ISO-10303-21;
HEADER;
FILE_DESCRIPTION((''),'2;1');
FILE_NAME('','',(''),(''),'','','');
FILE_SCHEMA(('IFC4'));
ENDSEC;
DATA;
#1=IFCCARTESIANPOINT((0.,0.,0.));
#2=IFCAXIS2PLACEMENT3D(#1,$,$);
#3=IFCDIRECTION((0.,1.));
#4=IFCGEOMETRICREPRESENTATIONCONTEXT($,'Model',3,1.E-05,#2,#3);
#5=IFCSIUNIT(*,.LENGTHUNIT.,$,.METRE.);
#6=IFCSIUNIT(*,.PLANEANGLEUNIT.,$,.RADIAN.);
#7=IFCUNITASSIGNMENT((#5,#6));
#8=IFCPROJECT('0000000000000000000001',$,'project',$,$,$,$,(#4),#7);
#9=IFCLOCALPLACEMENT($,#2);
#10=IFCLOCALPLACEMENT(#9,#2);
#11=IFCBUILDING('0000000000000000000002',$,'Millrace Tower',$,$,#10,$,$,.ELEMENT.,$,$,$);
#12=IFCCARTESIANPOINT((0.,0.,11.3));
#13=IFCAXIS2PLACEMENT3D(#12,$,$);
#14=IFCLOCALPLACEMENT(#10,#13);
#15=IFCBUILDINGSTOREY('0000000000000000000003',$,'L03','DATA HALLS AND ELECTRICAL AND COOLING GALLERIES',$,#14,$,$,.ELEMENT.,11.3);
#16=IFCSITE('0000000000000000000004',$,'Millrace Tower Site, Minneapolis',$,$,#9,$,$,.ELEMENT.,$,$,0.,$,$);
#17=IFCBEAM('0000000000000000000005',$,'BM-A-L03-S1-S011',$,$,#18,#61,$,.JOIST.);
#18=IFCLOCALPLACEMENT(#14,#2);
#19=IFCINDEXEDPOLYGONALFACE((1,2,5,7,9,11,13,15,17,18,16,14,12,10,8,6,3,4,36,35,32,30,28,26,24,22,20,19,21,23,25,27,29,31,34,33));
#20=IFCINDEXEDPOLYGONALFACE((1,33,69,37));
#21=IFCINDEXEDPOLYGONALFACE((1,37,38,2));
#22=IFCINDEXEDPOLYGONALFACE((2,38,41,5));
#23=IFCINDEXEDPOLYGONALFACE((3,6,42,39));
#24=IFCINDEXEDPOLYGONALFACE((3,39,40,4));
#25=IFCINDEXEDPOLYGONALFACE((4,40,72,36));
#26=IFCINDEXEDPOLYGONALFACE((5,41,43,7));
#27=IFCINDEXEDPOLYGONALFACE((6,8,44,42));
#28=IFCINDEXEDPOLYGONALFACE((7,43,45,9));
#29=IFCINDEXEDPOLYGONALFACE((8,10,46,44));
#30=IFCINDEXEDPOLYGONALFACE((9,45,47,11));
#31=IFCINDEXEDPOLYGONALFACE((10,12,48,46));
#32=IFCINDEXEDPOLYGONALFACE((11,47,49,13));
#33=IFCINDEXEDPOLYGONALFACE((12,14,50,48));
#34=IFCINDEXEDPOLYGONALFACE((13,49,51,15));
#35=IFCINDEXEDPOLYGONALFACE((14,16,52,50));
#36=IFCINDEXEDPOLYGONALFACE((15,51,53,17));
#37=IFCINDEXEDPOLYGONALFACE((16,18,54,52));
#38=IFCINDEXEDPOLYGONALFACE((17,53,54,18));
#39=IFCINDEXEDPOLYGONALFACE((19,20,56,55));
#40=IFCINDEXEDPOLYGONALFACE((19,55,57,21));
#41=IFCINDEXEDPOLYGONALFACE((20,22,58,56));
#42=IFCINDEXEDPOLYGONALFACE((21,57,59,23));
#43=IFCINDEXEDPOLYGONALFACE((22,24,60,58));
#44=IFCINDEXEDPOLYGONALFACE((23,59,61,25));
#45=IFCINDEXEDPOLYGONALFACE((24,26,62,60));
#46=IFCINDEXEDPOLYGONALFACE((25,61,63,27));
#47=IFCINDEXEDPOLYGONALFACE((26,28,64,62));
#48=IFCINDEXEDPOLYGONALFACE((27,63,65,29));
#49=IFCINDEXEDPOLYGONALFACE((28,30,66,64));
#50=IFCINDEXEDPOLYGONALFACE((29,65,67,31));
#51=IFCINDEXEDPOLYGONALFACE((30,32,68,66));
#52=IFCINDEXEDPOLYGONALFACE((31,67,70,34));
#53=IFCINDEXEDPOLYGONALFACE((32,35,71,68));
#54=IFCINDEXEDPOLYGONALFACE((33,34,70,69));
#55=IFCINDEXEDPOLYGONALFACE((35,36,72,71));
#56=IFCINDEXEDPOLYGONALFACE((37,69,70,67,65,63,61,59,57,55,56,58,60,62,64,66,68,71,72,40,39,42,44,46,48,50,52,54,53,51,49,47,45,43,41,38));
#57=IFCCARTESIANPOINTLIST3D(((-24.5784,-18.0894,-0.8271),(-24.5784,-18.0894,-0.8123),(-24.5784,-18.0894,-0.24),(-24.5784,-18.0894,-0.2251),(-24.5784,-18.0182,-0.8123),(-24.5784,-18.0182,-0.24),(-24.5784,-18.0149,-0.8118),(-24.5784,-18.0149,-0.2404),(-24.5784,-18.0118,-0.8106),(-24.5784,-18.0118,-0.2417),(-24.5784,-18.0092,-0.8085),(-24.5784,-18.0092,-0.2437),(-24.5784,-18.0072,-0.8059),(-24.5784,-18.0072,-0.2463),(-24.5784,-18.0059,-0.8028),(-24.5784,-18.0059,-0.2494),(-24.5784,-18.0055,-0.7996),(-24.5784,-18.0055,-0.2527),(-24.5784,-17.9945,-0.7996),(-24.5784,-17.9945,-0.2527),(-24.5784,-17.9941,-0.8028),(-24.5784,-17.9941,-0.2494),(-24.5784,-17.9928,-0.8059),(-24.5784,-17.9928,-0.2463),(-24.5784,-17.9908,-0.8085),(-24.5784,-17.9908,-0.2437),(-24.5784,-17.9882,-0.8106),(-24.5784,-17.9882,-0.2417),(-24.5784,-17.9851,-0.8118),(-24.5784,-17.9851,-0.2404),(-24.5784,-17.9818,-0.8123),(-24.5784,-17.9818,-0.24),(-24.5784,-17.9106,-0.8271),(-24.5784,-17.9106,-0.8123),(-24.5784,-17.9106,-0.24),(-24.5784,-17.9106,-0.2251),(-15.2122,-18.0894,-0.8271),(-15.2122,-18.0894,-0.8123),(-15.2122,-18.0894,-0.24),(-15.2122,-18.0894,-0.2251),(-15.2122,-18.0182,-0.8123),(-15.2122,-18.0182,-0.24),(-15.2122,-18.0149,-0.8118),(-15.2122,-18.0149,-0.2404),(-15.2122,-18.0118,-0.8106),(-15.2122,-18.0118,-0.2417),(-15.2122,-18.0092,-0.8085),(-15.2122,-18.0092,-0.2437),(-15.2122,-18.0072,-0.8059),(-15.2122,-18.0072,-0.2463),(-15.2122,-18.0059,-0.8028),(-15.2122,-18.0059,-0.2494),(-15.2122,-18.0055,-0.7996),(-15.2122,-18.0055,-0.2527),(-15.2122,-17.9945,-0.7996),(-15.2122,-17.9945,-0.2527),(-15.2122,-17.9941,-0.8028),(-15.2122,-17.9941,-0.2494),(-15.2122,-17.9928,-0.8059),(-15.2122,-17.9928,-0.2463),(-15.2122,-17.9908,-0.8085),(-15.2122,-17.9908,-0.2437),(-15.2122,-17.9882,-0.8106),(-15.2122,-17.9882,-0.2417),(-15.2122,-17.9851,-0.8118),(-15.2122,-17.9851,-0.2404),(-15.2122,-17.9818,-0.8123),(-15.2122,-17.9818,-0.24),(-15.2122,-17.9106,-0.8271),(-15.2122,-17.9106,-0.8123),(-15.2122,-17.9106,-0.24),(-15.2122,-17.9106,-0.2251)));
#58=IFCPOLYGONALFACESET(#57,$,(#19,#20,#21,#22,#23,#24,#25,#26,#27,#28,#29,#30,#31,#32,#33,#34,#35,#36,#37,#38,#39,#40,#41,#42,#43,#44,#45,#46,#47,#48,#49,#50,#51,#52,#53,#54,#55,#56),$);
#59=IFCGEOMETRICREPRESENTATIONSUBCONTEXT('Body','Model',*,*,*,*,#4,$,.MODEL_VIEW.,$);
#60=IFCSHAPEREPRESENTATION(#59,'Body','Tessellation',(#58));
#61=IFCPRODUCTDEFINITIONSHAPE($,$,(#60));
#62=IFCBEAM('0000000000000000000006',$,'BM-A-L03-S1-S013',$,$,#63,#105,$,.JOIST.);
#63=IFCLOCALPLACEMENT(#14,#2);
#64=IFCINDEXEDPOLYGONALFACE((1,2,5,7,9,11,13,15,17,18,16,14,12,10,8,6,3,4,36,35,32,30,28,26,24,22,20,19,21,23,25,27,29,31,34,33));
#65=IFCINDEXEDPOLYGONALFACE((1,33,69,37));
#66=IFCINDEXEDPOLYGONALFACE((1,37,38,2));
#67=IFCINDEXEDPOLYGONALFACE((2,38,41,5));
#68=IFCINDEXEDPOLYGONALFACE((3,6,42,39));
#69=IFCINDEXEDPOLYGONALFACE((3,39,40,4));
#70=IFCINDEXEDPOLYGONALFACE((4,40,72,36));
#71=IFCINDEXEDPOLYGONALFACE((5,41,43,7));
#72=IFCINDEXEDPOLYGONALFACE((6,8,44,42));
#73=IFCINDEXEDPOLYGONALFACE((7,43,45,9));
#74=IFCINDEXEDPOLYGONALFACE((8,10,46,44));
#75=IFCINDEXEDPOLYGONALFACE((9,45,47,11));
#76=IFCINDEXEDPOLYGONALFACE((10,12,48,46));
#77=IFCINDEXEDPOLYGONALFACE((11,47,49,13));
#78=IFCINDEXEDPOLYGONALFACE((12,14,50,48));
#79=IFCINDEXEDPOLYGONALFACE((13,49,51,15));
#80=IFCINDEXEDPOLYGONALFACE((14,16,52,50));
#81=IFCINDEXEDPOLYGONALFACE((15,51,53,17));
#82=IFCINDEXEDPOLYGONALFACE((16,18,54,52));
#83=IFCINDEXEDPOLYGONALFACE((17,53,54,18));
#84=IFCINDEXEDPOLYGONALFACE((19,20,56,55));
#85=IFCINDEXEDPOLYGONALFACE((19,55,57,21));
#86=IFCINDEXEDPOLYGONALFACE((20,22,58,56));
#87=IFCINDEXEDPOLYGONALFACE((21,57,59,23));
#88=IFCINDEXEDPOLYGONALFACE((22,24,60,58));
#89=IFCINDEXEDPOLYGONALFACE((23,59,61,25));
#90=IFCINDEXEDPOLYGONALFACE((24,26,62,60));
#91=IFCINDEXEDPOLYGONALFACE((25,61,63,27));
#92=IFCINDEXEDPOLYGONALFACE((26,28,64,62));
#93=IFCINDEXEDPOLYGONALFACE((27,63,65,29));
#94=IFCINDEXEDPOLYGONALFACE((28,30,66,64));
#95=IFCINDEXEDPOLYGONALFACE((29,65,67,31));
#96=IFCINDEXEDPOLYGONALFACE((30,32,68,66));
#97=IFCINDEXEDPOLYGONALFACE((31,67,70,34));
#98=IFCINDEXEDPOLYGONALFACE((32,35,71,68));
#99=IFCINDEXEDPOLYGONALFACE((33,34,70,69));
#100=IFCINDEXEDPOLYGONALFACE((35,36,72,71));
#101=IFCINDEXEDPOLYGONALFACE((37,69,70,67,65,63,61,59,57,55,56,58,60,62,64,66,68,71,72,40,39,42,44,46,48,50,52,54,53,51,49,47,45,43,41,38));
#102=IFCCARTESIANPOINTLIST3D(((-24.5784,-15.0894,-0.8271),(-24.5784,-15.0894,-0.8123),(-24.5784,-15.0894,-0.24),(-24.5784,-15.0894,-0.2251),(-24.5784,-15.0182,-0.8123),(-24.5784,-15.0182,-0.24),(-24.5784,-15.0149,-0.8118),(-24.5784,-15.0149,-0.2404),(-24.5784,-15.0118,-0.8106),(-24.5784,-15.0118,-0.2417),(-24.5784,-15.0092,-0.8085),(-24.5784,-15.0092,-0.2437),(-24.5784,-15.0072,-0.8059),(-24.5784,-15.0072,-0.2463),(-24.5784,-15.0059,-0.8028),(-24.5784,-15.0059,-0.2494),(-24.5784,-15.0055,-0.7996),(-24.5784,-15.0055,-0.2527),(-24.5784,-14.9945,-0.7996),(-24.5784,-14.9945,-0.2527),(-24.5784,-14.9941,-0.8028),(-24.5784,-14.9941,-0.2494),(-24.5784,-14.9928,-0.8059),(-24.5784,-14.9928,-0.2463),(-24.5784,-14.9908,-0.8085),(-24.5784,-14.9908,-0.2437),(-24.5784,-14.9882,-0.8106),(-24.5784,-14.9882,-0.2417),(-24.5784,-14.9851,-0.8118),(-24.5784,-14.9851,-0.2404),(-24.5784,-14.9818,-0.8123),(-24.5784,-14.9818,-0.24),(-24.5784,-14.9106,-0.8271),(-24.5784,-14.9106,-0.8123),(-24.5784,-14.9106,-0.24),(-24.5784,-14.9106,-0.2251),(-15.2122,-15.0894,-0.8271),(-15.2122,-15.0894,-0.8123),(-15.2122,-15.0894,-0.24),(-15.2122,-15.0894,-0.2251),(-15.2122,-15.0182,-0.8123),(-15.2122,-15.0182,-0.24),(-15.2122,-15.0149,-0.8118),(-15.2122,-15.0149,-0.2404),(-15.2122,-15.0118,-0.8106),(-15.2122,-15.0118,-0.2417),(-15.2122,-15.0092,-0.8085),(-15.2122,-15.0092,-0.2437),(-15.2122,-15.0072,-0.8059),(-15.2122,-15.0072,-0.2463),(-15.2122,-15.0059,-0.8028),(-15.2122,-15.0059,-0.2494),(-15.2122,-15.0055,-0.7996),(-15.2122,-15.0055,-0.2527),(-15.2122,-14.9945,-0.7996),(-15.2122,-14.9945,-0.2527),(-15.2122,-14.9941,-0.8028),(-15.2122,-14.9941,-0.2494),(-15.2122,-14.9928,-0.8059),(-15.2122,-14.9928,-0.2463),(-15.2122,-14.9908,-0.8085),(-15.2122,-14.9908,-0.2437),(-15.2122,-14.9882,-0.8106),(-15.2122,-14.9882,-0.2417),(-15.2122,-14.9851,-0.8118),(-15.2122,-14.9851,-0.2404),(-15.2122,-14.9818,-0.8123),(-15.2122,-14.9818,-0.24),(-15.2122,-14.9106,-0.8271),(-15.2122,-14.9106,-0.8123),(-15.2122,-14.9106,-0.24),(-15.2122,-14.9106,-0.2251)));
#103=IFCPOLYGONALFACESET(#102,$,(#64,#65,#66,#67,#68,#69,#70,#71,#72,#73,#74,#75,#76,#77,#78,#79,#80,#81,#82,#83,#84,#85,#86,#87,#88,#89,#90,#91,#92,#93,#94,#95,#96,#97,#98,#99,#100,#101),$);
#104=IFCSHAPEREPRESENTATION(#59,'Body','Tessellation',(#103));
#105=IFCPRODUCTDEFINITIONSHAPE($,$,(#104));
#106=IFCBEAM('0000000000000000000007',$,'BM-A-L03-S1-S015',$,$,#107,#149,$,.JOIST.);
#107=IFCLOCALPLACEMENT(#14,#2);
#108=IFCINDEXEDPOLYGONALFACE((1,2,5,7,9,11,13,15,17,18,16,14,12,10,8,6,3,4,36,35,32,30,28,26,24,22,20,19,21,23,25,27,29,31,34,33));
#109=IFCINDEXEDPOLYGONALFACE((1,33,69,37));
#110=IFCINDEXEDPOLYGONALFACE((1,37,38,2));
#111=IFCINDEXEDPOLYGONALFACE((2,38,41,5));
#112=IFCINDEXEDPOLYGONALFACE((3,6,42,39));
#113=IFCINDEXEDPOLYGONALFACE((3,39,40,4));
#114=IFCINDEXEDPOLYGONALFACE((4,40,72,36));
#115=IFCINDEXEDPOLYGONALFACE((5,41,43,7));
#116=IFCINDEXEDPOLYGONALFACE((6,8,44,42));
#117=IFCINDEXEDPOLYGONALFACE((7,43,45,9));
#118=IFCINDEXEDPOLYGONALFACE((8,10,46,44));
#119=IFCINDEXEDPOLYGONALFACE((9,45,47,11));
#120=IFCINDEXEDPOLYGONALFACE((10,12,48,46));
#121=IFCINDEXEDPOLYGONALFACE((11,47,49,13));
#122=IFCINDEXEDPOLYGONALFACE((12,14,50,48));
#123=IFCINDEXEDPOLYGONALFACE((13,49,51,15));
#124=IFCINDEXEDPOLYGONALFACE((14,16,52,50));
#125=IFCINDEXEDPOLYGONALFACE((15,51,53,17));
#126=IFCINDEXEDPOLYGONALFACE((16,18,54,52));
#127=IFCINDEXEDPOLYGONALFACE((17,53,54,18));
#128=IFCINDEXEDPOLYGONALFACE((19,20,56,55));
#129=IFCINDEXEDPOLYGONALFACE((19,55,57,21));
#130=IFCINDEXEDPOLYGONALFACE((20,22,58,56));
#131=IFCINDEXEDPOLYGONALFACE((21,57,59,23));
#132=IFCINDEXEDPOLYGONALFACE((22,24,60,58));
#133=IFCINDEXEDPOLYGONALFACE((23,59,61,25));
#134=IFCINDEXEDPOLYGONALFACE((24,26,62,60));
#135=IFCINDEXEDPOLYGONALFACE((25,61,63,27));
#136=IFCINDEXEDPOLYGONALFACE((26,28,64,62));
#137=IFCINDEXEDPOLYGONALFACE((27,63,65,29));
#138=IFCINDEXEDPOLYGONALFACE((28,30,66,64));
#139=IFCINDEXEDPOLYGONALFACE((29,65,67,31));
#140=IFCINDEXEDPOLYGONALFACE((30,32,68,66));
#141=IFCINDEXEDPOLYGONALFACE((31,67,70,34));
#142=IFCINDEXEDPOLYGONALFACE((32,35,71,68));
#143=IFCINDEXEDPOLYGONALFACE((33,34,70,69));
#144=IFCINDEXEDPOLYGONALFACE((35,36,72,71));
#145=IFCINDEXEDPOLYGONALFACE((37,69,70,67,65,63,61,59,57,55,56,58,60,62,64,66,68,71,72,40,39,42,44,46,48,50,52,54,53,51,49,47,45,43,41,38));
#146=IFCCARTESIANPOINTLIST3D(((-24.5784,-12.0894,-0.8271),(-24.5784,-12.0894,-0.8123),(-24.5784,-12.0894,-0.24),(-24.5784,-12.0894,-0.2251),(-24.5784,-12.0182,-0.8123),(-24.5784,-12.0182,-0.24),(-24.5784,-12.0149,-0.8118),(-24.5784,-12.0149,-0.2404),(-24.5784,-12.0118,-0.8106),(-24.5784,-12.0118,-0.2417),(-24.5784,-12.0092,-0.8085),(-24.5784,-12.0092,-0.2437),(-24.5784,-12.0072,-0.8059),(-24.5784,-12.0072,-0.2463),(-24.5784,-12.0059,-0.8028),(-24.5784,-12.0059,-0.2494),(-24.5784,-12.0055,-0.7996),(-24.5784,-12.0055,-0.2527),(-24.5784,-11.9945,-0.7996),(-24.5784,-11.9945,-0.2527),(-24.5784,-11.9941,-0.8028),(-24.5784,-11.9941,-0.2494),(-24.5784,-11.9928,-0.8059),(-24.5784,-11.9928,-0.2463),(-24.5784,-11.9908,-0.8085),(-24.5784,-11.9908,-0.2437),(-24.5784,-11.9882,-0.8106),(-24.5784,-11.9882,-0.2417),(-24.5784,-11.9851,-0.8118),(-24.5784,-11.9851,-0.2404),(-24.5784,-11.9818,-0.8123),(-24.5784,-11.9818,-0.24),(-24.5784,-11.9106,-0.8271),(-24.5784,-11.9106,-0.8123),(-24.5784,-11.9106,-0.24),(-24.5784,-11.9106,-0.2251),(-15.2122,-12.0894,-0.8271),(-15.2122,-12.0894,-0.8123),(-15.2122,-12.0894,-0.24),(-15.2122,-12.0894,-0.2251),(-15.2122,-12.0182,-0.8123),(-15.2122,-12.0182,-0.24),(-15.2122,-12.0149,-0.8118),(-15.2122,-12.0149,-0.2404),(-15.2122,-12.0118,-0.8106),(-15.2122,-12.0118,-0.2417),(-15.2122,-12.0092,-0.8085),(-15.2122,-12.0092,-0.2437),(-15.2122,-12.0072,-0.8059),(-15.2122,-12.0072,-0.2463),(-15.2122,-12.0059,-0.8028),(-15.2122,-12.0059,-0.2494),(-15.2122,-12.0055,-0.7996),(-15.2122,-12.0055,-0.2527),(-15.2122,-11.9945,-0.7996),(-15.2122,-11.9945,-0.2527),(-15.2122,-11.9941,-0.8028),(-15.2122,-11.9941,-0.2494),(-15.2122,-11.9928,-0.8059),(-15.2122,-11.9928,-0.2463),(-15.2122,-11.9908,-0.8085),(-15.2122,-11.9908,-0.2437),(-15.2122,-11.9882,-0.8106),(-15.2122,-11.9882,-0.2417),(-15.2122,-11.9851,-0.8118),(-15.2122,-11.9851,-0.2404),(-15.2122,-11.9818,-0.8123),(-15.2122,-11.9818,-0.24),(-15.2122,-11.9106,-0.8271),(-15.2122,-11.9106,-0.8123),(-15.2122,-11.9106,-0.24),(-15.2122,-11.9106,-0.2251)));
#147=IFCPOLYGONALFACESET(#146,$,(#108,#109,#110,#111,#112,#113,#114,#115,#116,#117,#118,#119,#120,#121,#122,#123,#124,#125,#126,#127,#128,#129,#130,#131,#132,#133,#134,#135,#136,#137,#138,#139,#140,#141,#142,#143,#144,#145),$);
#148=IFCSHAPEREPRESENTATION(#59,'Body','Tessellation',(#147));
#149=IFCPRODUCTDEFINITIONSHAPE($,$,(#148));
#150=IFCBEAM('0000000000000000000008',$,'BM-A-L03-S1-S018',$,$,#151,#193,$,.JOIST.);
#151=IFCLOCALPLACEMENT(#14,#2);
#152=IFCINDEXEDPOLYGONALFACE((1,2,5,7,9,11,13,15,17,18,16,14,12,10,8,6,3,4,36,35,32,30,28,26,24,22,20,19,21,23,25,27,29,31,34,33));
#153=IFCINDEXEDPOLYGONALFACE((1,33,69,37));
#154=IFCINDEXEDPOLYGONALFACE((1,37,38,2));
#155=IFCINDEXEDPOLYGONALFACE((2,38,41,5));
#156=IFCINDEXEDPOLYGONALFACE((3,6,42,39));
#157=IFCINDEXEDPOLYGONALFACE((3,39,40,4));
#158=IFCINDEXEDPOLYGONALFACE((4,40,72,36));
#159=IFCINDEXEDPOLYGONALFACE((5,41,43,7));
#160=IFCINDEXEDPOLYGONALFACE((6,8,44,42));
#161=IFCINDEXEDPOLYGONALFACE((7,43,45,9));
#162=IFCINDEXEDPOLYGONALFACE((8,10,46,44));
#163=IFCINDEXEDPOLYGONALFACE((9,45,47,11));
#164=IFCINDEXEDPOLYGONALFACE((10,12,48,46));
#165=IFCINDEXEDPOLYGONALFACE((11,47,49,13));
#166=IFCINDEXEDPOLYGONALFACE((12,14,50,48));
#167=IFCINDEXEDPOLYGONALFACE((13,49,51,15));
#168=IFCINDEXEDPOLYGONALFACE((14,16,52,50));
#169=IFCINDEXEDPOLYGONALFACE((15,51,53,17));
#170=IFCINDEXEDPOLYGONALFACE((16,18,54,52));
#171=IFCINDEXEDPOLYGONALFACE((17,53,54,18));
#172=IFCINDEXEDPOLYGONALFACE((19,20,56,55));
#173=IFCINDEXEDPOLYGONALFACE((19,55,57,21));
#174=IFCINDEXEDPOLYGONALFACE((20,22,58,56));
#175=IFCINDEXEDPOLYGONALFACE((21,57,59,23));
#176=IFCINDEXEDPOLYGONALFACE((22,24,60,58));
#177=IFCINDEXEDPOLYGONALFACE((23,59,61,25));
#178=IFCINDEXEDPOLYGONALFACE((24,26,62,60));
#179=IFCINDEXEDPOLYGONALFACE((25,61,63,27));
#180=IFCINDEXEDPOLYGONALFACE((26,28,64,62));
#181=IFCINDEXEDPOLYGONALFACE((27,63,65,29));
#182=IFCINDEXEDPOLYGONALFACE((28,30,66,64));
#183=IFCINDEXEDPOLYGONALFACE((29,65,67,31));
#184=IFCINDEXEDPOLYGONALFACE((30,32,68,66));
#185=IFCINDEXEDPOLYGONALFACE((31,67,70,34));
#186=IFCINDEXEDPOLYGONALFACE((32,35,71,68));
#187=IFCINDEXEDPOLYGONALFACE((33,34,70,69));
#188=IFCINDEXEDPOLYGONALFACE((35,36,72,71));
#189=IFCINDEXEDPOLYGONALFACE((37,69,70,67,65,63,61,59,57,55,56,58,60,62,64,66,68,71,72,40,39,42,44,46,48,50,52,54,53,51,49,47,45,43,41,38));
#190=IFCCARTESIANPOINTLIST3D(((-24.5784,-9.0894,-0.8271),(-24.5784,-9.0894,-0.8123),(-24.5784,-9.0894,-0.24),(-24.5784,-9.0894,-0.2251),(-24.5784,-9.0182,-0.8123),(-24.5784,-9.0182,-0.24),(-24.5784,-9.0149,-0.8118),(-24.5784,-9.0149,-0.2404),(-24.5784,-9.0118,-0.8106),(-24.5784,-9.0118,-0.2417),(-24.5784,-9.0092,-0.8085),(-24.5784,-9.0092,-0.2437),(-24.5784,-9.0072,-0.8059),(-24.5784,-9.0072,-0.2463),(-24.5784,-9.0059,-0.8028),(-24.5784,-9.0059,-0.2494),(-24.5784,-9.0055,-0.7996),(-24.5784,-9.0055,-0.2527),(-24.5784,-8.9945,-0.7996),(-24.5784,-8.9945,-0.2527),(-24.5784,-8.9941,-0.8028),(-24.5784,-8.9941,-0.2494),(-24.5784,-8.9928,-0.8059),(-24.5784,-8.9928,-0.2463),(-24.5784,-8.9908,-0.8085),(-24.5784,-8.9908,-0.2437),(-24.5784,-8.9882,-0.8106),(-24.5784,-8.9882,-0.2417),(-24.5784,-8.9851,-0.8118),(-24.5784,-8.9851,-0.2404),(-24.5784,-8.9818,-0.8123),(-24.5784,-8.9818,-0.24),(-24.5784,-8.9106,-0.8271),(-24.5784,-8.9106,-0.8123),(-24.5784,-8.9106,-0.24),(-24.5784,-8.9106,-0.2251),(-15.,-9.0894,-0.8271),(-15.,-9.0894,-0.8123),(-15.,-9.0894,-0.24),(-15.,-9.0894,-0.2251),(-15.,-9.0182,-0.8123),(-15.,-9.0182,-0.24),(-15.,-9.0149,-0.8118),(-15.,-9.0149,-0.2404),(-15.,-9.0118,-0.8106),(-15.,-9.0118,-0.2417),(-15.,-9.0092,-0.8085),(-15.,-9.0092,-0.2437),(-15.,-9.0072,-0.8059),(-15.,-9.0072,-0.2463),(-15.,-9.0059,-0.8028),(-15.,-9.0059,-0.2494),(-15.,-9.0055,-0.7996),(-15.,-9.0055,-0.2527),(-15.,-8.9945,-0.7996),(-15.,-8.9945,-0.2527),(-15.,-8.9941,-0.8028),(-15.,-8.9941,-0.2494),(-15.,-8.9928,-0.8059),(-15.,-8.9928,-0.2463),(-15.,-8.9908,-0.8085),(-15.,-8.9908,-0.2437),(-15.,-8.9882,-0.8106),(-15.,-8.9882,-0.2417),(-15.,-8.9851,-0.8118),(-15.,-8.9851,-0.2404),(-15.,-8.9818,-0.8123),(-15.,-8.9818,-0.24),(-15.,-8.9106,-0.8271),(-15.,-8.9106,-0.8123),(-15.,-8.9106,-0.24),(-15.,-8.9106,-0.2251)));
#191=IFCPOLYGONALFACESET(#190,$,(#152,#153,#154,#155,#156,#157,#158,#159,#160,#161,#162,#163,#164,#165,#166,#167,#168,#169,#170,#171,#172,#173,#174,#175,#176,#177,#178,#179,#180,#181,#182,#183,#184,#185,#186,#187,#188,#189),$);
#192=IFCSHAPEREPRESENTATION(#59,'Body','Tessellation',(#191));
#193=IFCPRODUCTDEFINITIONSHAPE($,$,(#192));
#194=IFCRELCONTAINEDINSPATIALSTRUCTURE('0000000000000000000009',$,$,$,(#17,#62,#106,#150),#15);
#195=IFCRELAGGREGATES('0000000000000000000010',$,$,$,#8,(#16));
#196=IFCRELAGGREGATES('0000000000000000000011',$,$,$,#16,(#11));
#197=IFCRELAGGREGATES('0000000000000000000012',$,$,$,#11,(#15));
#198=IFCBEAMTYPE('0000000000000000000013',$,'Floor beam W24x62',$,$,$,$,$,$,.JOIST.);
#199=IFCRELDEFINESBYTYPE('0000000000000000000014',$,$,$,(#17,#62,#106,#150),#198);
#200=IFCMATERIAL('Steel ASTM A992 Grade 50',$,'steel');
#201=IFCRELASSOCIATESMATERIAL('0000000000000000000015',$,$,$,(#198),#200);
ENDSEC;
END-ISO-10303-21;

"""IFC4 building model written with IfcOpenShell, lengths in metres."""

from ifc_helpers import new_model, si_unit, direction, frame, origin, origin_2d, place, context, subcontext, project, spatial, i_section, extrude, material, material_profile, profile_set, type_object, element, save


model = new_model("IFC4")

# Units and contexts
model_context = context("Model", 3, precision=1e-05, world=origin(), true_north=direction((0.0, 1.0)))
body_context = subcontext(model_context, "Body", "Model", "MODEL_VIEW")
ifc_project = project(units=[si_unit("LENGTHUNIT", "METRE"), si_unit("PLANEANGLEUNIT", "RADIAN")], contexts=[model_context])

# Site, building, storey
site_placement = place(None, origin())
site = spatial("IfcSite", under=ifc_project, at=site_placement, Name="Millrace Tower Site, Minneapolis", CompositionType="ELEMENT", RefElevation=0.0)
building_placement = place(site_placement, origin())
building = spatial("IfcBuilding", under=site, at=building_placement, Name="Millrace Tower", CompositionType="ELEMENT")
storey_placement = place(building_placement, frame((0.0, 0.0, 11.3)))
storey = spatial("IfcBuildingStorey", under=building, at=storey_placement, Name="L03", Description="DATA HALLS AND ELECTRICAL AND COOLING GALLERIES", CompositionType="ELEMENT", Elevation=11.3)

# Beams
ifc_material_1 = material(Name="Steel ASTM A992 Grade 50", Category="steel")
ifc_material_profile_1 = material_profile(ifc_material_1, i_section(OverallWidth=0.1787, OverallDepth=0.6021, WebThickness=0.011, FlangeThickness=0.0149, FilletRadius=0.0127, at=origin_2d()))
ifc_profile_set_1 = profile_set([ifc_material_profile_1], Name="Steel ASTM A992 Grade 50")
beam_type_1 = type_object("IfcBeamType", Name="Floor beam W24x62", PredefinedType="JOIST", material=ifc_profile_set_1)
for number, where, z_axis, x_axis, name in (
    (1, (-24.5784, -18.0, -0.5261), (1.0, 0.0, 0.0), (0.0, 1.0, 0.0), "BM-A-L03-S1-S011"),
    (2, (-24.5784, -15.0, -0.5261), (1.0, 0.0, 0.0), (0.0, 1.0, 0.0), "BM-A-L03-S1-S013"),
    (3, (-24.5784, -12.0, -0.5261), (1.0, 0.0, 0.0), (0.0, 1.0, 0.0), "BM-A-L03-S1-S015"),
):
    element("IfcBeam", number, at=place(storey_placement, frame(where, z_axis=z_axis, x_axis=x_axis)), inside=storey, type_object=beam_type_1, Name=name, PredefinedType="JOIST", context=body_context, shape_type="SweptSolid", body=[
        extrude(i_section(OverallWidth=0.1787, OverallDepth=0.6021, WebThickness=0.011, FlangeThickness=0.0149, FilletRadius=0.0127, at=origin_2d()), origin(), (0.0, 0.0, 1.0), 9.3662),
    ])
for number, where, z_axis, x_axis, name in (
    (4, (-24.5784, -9.0, -0.5261), (1.0, 0.0, 0.0), (0.0, 1.0, 0.0), "BM-A-L03-S1-S018"),
):
    element("IfcBeam", number, at=place(storey_placement, frame(where, z_axis=z_axis, x_axis=x_axis)), inside=storey, type_object=beam_type_1, Name=name, PredefinedType="JOIST", context=body_context, shape_type="SweptSolid", body=[
        extrude(i_section(OverallWidth=0.1787, OverallDepth=0.6021, WebThickness=0.011, FlangeThickness=0.0149, FilletRadius=0.0127, at=origin_2d()), origin(), (0.0, 0.0, 1.0), 9.5784),
    ])

save(model, "model.ifc")
